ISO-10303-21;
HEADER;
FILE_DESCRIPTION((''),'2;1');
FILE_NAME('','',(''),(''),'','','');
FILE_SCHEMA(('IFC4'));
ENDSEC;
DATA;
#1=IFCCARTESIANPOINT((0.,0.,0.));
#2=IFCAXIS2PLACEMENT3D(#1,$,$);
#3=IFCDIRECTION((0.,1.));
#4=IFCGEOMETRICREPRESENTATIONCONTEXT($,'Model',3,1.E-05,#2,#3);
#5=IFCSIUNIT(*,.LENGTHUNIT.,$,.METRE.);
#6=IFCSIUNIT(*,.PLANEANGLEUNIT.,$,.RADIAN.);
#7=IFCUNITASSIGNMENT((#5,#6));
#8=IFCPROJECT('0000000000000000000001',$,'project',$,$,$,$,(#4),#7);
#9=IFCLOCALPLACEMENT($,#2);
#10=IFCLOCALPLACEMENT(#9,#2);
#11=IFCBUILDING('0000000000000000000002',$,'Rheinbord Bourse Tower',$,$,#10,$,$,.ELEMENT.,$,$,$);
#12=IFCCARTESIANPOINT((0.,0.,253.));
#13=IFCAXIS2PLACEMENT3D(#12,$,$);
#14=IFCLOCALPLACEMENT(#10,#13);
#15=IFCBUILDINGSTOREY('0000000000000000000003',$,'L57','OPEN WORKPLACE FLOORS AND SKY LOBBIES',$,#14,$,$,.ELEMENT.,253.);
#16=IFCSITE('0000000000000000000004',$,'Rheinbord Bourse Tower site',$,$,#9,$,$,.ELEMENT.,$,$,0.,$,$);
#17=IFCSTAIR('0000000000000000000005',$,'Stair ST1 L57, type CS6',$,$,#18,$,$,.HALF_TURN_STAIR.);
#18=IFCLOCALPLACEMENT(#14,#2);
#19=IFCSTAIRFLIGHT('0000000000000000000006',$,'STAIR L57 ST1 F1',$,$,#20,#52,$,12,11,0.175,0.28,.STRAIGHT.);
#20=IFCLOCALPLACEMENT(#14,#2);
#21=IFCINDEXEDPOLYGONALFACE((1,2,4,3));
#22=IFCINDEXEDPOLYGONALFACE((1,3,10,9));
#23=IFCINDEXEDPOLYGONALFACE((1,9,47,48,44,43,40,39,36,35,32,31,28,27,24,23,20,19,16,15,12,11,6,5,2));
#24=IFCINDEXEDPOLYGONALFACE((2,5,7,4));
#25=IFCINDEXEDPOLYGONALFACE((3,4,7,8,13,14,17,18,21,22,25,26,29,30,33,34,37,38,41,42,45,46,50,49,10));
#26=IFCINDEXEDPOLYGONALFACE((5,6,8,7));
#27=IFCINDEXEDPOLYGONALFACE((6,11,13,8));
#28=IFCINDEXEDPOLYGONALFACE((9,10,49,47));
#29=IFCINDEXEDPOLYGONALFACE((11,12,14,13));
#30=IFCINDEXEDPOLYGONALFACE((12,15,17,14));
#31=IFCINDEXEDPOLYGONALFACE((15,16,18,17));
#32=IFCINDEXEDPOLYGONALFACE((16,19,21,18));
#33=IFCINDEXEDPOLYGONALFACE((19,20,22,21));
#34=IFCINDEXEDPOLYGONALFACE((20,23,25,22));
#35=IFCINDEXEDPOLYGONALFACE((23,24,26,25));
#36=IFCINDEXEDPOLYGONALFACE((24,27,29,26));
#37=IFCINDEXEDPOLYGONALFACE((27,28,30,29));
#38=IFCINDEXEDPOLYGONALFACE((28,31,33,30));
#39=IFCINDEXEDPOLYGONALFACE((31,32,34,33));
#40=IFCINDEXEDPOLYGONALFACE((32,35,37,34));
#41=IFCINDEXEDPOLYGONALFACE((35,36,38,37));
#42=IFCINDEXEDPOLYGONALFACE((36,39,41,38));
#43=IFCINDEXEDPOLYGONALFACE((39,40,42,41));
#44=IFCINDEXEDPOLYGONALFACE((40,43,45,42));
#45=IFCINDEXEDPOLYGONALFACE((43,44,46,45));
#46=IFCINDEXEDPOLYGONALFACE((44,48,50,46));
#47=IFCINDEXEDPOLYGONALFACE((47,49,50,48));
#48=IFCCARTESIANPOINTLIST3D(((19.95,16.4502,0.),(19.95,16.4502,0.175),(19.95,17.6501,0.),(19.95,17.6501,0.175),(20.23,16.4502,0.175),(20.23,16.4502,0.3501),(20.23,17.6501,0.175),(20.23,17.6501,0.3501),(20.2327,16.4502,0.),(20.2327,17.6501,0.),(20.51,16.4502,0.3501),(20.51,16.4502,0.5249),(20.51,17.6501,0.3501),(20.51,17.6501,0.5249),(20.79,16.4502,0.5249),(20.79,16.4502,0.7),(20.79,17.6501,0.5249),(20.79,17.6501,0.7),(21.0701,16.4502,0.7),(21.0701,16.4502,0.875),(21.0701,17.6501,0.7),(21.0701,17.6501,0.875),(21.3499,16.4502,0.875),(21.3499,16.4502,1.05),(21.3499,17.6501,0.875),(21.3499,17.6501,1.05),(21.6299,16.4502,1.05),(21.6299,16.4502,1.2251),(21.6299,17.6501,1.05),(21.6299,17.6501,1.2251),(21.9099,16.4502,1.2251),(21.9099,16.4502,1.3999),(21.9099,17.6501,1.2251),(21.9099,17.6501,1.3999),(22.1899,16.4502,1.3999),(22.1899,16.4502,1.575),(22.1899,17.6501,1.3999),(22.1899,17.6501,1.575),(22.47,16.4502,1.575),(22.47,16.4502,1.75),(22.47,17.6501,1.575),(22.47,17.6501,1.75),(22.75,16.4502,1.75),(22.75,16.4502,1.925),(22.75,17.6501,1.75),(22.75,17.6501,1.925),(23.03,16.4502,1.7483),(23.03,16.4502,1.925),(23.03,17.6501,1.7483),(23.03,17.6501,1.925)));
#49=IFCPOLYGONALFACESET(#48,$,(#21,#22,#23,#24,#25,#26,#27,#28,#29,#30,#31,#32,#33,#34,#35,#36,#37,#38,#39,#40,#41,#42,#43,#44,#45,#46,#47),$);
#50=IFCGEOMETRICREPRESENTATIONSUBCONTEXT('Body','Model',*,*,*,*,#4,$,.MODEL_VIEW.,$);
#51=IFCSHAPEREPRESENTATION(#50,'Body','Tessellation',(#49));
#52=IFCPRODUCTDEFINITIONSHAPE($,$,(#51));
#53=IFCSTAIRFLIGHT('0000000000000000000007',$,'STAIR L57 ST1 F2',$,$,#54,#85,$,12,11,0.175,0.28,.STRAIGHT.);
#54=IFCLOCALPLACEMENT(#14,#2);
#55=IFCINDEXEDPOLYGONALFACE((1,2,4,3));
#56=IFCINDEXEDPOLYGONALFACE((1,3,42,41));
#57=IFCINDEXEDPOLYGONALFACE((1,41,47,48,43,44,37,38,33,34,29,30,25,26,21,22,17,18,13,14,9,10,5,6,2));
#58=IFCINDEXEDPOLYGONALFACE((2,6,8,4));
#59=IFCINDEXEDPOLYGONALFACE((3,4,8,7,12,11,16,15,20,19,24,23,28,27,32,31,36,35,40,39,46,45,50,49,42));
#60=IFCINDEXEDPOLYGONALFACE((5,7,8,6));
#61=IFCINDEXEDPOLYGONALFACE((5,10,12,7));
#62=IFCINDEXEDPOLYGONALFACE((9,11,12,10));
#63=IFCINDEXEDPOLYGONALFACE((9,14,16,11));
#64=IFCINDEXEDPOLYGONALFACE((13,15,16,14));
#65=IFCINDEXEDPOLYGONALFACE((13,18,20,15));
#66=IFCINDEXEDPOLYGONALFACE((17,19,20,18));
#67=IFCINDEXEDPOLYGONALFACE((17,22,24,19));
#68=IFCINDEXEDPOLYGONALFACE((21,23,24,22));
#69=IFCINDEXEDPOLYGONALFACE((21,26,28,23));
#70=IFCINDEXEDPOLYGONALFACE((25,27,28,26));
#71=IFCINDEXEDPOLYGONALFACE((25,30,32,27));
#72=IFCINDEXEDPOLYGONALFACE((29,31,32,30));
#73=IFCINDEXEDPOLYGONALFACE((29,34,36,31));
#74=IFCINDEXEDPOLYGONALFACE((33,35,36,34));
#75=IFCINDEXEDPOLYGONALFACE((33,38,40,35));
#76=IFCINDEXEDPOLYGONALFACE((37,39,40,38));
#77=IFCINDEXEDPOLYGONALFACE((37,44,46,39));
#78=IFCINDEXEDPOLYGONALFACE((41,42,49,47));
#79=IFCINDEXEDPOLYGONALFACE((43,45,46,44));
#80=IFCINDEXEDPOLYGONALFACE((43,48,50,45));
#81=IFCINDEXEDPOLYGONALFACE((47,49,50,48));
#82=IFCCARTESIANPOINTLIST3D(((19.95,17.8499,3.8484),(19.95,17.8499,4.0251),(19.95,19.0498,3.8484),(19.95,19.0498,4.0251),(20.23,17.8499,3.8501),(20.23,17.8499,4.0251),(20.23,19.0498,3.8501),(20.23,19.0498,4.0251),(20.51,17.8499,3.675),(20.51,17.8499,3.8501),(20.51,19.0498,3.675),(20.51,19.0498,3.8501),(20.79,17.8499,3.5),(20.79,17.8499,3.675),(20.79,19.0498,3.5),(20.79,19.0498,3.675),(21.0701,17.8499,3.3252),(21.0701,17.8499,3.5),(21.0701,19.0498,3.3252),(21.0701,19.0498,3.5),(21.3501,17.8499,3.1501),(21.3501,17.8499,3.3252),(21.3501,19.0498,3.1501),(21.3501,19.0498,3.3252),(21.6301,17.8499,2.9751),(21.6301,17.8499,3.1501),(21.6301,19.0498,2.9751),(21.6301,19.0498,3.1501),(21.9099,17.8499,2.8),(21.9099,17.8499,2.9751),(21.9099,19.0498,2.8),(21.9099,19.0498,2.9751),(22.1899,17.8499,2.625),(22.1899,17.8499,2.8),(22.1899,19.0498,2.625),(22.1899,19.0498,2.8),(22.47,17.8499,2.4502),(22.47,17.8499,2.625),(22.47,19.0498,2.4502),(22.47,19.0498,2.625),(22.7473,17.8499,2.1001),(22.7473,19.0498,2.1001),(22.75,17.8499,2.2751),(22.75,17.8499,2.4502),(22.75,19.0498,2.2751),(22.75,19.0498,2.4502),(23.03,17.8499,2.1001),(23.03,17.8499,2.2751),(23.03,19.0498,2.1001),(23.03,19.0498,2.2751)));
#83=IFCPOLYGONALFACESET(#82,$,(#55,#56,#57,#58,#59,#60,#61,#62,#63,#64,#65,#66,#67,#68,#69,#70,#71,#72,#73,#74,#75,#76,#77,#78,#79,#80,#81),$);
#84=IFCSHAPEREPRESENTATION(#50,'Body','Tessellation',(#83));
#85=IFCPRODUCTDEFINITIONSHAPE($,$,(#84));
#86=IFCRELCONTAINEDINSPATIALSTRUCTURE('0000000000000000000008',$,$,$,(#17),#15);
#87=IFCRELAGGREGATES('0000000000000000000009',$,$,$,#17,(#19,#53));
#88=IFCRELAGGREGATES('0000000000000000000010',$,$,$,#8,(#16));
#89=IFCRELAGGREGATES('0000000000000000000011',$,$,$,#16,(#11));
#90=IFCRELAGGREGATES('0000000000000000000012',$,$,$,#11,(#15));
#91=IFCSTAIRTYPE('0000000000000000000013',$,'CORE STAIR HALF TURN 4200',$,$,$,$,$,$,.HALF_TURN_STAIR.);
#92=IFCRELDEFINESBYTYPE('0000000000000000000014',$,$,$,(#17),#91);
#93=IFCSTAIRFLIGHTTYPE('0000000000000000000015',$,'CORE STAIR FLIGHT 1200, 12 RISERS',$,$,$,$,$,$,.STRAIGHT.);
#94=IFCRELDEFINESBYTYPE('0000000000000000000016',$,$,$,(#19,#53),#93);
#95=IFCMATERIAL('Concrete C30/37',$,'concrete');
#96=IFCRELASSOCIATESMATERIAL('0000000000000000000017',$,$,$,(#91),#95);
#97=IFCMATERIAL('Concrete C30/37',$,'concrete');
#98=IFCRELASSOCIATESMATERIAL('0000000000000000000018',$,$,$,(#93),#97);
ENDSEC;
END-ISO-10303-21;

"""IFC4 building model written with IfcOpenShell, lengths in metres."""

from ifc_helpers import new_model, si_unit, direction, frame, origin, place, context, subcontext, project, spatial, polyline, outline, extrude, material, type_object, element, aggregate, save


model = new_model("IFC4")

# Units and contexts
model_context = context("Model", 3, precision=1e-05, world=origin(), true_north=direction((0.0, 1.0)))
body_context = subcontext(model_context, "Body", "Model", "MODEL_VIEW")
ifc_project = project(units=[si_unit("LENGTHUNIT", "METRE"), si_unit("PLANEANGLEUNIT", "RADIAN")], contexts=[model_context])

# Site, building, storey
site_placement = place(None, origin())
site = spatial("IfcSite", under=ifc_project, at=site_placement, Name="Rheinbord Bourse Tower site", CompositionType="ELEMENT", RefElevation=0.0)
building_placement = place(site_placement, origin())
building = spatial("IfcBuilding", under=site, at=building_placement, Name="Rheinbord Bourse Tower", CompositionType="ELEMENT")
storey_placement = place(building_placement, frame((0.0, 0.0, 253.0)))
storey = spatial("IfcBuildingStorey", under=building, at=storey_placement, Name="L57", Description="OPEN WORKPLACE FLOORS AND SKY LOBBIES", CompositionType="ELEMENT", Elevation=253.0)

# Stair, stair flights
ifc_material_1 = material(Name="Concrete C30/37", Category="concrete")
stair_type = type_object("IfcStairType", Name="CORE STAIR HALF TURN 4200", PredefinedType="HALF_TURN_STAIR", material=ifc_material_1)
stair_placement = place(storey_placement, origin())
stair = element("IfcStair", 1, at=stair_placement, inside=storey, type_object=stair_type, Name="Stair ST1 L57, type CS6", PredefinedType="HALF_TURN_STAIR")
ifc_material_2 = material(Name="Concrete C30/37", Category="concrete")
stair_flight_type = type_object("IfcStairFlightType", Name="CORE STAIR FLIGHT 1200, 12 RISERS", PredefinedType="STRAIGHT", material=ifc_material_2)
stair_flight_1_placement = place(storey_placement, frame((19.95, 17.05, 0.0), z_axis=(0.0, 0.0, 1.0), x_axis=(1.0, 0.0, 0.0)))
stair_flight_1 = element("IfcStairFlight", 2, at=stair_flight_1_placement, type_object=stair_flight_type, Name="STAIR L57 ST1 F1", NumberOfRisers=12, NumberOfTreads=11, PredefinedType="STRAIGHT", RiserHeight=0.175, TreadLength=0.28, context=body_context, shape_type="SweptSolid", body=[
    extrude(outline(polyline([(0.0, 0.0), (0.0, 0.175), (0.28, 0.175), (0.28, 0.3501), (0.5601, 0.3501), (0.5601, 0.5249), (0.8401, 0.5249), (0.8401, 0.7), (1.1201, 0.7), (1.1201, 0.875), (1.3999, 0.875), (1.3999, 1.05), (1.6799, 1.05), (1.6799, 1.2251), (1.96, 1.2251), (1.96, 1.3999), (2.24, 1.3999), (2.24, 1.575), (2.52, 1.575), (2.52, 1.75), (2.8, 1.75), (2.8, 1.925), (3.0801, 1.925), (3.0801, 2.1001), (3.0801, 1.7483), (0.2827, 0.0), (0.0, 0.0)])), frame((0.0, 0.6001, 0.0), z_axis=(0.0, -1.0, 0.0), x_axis=(1.0, 0.0, 0.0)), (0.0, 0.0, 1.0), 1.2),
])
stair_flight_2_placement = place(storey_placement, frame((23.03, 18.45, 2.1001), z_axis=(0.0, 0.0, 1.0), x_axis=(-1.0, 0.0, 0.0)))
stair_flight_2 = element("IfcStairFlight", 3, at=stair_flight_2_placement, type_object=stair_flight_type, Name="STAIR L57 ST1 F2", NumberOfRisers=12, NumberOfTreads=11, PredefinedType="STRAIGHT", RiserHeight=0.175, TreadLength=0.28, context=body_context, shape_type="SweptSolid", body=[
    extrude(outline(polyline([(0.0, 0.0), (0.0, 0.175), (0.28, 0.175), (0.28, 0.3501), (0.5601, 0.3501), (0.5601, 0.5249), (0.8401, 0.5249), (0.8401, 0.7), (1.1201, 0.7), (1.1201, 0.875), (1.3999, 0.875), (1.3999, 1.05), (1.6799, 1.05), (1.6799, 1.2251), (1.96, 1.2251), (1.96, 1.3999), (2.24, 1.3999), (2.24, 1.575), (2.52, 1.575), (2.52, 1.75), (2.8, 1.75), (2.8, 1.925), (3.0801, 1.925), (3.0801, 2.1001), (3.0801, 1.7483), (0.2827, 0.0), (0.0, 0.0)])), frame((0.0, 0.6001, 0.0), z_axis=(0.0, -1.0, 0.0), x_axis=(1.0, 0.0, 0.0)), (0.0, 0.0, 1.0), 1.2),
])
aggregate(stair, [stair_flight_1, stair_flight_2])

save(model, "model.ifc")
